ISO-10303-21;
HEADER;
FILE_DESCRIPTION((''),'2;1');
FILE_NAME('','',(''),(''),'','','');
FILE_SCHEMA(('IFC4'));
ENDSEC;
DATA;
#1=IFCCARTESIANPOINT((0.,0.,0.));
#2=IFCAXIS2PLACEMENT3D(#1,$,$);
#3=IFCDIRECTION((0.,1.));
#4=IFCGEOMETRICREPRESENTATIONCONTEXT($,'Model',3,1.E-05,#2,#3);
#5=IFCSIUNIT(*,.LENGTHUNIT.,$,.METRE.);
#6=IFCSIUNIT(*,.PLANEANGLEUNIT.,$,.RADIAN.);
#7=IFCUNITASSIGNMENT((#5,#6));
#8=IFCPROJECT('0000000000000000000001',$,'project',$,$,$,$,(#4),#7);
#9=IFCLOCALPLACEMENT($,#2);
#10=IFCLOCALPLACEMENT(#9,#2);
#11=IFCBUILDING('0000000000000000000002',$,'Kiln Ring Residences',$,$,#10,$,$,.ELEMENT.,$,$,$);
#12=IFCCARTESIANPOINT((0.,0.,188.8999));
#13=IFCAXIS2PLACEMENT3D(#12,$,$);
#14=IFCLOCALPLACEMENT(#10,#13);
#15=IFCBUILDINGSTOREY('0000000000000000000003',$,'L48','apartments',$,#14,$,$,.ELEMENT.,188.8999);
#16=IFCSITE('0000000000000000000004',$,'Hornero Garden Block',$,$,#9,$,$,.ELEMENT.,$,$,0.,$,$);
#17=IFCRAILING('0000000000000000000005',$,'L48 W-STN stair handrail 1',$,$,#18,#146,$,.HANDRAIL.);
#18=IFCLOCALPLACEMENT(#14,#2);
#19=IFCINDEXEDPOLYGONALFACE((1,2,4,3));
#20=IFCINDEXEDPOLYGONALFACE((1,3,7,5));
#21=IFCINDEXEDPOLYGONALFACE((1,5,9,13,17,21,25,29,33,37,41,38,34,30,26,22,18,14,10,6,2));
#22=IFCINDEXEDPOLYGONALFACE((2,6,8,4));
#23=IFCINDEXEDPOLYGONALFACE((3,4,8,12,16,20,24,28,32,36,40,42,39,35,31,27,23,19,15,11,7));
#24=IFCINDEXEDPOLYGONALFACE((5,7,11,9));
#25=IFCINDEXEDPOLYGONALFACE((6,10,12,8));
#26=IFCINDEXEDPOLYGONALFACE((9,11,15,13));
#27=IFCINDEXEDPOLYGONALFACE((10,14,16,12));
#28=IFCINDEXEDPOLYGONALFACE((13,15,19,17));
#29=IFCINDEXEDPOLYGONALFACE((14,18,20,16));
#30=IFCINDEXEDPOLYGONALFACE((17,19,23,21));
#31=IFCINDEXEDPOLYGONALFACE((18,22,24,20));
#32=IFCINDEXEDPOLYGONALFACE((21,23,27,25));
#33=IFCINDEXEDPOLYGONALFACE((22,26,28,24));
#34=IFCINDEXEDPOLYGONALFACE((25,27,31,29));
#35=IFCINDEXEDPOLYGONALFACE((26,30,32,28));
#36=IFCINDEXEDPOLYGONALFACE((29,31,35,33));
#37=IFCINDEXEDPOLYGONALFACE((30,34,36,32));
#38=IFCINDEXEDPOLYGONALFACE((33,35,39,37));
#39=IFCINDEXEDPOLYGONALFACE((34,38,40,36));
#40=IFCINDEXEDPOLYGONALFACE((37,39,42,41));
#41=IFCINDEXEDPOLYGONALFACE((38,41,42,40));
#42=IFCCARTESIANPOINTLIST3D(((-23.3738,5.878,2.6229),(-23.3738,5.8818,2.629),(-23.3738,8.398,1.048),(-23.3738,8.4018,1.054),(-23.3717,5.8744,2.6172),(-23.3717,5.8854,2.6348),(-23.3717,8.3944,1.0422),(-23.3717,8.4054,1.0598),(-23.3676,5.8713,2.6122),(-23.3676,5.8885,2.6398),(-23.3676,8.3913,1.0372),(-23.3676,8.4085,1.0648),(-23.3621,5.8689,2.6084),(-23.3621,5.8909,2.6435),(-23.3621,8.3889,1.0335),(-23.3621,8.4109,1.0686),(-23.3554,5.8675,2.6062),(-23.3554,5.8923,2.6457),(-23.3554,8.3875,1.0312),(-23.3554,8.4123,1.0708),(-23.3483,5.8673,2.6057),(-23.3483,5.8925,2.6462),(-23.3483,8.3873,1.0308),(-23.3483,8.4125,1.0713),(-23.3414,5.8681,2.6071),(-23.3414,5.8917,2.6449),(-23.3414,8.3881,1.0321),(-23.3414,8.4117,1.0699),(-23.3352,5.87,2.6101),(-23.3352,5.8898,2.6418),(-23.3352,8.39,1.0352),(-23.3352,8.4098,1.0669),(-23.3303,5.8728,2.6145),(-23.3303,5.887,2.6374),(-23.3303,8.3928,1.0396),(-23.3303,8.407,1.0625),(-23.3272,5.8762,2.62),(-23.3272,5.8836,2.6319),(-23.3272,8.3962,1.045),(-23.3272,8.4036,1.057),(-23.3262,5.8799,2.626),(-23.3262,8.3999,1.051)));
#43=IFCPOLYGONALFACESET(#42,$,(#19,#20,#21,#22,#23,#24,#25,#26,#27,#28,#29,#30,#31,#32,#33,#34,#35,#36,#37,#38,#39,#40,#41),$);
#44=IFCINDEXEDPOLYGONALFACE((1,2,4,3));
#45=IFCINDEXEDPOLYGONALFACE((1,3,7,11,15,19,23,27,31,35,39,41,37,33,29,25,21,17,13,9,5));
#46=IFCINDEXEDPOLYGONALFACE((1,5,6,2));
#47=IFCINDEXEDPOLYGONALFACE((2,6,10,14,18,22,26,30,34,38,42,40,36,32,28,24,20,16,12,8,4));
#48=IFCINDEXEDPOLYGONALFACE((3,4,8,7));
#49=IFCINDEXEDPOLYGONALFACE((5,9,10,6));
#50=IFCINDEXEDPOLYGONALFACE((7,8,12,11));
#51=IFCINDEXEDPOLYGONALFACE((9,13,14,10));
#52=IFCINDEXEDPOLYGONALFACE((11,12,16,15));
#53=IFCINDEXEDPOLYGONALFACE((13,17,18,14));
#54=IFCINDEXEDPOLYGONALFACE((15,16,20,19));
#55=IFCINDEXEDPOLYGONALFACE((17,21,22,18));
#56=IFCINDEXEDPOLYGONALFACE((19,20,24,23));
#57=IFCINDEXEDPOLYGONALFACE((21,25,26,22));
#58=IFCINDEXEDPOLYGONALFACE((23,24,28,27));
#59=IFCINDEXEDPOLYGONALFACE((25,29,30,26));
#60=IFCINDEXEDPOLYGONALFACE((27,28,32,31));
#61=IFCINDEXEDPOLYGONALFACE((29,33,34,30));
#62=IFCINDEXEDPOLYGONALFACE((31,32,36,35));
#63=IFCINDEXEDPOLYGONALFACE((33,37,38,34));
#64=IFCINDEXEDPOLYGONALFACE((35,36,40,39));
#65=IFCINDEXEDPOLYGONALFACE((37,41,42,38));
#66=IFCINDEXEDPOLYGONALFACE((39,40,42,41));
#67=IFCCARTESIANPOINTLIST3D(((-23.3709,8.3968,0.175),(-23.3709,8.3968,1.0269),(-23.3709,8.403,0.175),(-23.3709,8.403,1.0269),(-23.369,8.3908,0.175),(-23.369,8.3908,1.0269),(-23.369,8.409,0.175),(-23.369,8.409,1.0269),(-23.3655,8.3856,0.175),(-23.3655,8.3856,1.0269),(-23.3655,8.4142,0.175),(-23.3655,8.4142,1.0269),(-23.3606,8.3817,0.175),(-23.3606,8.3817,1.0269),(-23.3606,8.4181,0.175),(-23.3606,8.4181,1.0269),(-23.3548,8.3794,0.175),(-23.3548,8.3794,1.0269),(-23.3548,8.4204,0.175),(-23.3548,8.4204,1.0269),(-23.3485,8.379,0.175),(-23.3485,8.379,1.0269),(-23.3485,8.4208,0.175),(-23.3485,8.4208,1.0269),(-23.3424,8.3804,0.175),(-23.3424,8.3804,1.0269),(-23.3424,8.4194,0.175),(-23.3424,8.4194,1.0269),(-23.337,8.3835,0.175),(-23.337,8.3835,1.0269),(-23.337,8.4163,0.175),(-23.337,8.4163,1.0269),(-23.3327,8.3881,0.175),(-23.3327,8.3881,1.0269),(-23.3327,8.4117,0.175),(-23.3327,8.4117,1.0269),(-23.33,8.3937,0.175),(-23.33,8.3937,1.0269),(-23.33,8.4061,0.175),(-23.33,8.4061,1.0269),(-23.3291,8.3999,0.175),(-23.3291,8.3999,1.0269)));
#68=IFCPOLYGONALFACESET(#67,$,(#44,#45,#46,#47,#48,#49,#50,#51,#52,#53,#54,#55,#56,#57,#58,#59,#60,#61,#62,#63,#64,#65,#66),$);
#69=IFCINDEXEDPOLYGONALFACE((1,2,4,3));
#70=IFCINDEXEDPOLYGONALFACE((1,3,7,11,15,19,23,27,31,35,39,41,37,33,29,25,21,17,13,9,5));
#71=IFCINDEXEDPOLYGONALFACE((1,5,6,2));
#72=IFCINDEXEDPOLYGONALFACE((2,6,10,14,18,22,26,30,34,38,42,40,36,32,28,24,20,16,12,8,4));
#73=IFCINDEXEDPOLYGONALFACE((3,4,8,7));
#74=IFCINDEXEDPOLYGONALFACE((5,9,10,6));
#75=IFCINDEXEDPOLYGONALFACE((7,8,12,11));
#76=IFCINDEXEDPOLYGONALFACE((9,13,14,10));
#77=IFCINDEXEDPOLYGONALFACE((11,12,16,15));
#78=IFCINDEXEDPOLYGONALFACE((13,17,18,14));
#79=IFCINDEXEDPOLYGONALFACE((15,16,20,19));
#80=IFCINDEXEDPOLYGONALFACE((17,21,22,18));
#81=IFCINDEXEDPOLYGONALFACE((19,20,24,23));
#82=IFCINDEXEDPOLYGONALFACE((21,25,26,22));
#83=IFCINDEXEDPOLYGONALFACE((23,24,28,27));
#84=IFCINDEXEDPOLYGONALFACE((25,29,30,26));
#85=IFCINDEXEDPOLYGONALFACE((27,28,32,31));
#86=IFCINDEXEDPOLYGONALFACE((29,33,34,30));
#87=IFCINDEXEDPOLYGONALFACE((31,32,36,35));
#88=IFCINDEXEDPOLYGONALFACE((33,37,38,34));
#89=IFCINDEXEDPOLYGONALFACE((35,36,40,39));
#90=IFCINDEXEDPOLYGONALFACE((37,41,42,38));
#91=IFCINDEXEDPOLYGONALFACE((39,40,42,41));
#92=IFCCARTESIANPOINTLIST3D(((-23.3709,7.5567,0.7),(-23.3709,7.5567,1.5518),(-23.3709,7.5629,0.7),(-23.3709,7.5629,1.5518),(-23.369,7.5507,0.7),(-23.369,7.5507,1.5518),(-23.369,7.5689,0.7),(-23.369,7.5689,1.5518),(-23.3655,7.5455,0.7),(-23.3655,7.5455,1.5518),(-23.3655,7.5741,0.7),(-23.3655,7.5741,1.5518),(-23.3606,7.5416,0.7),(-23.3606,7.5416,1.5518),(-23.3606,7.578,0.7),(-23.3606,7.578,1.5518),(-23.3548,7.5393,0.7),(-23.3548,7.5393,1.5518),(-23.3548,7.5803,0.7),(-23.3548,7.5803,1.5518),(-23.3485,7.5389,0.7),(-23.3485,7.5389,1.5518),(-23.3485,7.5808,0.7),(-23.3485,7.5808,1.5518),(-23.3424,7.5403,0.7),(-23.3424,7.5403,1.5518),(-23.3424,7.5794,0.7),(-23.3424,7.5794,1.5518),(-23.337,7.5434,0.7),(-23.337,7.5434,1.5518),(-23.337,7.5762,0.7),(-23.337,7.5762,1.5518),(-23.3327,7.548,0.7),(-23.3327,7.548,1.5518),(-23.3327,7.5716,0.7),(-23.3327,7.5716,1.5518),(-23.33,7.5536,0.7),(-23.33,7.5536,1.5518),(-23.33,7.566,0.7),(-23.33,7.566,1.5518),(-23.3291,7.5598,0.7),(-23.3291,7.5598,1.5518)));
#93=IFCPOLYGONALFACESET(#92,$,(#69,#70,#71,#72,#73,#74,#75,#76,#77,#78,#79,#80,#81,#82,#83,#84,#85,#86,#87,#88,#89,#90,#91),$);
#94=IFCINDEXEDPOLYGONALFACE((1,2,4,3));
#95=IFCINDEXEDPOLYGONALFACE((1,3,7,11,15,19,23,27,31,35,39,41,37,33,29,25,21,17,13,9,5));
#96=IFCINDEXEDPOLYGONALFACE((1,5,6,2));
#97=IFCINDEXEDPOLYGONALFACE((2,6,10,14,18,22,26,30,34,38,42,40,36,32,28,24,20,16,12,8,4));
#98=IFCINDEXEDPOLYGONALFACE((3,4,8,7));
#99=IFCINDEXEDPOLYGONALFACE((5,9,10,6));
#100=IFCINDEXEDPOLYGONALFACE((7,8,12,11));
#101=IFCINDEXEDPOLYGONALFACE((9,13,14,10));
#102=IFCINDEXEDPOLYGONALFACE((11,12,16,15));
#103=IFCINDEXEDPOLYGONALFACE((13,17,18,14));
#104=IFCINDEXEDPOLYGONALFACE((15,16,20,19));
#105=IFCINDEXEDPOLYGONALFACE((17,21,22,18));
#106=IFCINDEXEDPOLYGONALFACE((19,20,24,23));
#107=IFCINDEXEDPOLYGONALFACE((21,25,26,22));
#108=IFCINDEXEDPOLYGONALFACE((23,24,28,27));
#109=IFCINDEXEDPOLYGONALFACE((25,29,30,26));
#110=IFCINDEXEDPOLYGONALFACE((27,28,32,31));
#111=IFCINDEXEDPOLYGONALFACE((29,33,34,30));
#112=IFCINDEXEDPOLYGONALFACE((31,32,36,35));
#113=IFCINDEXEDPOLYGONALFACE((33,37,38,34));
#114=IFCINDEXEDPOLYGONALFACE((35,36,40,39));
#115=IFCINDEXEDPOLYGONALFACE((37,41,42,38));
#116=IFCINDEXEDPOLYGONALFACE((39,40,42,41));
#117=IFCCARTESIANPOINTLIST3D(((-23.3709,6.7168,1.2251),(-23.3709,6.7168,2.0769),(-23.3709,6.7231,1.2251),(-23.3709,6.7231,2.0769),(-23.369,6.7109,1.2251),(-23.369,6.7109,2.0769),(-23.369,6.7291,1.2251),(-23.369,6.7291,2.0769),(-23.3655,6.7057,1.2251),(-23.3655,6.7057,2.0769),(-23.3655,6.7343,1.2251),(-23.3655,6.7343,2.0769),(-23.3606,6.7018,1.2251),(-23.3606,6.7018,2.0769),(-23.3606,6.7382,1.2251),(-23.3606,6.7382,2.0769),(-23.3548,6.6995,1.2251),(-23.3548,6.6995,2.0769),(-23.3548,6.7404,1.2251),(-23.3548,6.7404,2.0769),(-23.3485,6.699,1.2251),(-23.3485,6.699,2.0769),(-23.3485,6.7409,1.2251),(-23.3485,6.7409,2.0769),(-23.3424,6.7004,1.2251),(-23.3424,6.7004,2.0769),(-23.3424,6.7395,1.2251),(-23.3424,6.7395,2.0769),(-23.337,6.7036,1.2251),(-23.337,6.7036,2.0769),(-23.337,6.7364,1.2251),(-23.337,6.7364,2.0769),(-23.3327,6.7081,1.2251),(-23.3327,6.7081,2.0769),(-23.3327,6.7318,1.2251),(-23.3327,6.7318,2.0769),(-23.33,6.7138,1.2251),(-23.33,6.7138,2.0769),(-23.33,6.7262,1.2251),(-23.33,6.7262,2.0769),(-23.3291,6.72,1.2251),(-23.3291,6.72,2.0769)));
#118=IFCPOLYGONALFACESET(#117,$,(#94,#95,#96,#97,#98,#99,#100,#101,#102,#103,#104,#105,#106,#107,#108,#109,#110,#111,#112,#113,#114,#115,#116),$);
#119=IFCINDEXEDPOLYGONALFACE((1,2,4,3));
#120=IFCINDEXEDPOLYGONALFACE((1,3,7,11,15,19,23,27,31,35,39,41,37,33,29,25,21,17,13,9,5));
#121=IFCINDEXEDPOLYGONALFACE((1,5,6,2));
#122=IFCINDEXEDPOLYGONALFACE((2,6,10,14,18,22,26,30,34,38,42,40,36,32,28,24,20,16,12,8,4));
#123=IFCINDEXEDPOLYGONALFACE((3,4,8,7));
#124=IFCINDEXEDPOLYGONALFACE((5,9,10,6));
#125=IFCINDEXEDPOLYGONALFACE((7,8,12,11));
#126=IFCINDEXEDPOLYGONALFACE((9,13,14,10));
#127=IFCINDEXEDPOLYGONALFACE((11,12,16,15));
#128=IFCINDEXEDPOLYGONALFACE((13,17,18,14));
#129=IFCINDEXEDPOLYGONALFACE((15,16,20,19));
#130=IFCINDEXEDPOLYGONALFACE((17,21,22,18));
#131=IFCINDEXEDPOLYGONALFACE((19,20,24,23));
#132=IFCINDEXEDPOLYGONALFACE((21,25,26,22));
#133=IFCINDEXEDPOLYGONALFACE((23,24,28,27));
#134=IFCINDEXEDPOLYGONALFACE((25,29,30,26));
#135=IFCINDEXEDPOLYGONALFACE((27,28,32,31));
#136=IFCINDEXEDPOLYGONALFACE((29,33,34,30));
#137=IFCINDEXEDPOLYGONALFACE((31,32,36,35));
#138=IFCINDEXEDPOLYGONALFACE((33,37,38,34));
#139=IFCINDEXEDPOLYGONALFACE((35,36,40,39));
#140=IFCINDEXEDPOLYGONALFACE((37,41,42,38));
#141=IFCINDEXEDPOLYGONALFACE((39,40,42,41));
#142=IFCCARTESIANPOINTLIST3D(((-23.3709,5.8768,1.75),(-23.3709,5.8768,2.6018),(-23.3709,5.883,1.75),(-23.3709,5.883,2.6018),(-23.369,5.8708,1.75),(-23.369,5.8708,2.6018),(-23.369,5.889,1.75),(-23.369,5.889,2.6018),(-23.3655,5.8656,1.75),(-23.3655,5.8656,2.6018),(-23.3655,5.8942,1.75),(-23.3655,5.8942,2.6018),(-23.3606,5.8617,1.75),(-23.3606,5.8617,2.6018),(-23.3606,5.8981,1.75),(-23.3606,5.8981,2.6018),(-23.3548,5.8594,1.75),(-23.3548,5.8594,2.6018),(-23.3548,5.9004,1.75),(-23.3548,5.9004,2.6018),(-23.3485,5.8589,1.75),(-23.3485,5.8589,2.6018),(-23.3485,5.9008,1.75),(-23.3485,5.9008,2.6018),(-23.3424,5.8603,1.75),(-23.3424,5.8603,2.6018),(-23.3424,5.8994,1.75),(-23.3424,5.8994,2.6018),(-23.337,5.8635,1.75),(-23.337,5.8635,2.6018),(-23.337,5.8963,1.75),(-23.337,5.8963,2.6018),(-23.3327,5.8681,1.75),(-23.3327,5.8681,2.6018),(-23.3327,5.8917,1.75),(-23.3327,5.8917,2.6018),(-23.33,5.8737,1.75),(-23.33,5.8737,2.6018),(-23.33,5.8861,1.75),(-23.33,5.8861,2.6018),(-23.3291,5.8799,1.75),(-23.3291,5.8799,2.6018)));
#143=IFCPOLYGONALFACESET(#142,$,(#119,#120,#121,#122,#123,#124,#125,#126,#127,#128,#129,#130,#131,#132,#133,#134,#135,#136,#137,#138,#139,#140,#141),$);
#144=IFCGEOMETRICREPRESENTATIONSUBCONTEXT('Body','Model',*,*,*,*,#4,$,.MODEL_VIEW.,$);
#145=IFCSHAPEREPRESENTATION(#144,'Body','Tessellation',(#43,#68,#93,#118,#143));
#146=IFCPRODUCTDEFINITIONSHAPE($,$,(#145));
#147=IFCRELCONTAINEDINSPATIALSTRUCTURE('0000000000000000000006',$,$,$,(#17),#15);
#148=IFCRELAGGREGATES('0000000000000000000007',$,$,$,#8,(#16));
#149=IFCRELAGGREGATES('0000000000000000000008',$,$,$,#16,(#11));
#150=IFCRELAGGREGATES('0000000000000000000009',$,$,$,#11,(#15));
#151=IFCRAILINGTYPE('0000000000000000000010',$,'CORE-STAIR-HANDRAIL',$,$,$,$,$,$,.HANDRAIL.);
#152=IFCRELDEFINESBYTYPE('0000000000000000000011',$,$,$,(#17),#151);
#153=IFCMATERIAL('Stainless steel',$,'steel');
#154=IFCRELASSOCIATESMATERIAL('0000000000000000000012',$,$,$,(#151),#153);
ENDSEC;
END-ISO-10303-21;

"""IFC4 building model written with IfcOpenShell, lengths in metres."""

from ifc_helpers import new_model, si_unit, direction, frame, origin, origin_2d, place, context, subcontext, project, spatial, circle, extrude, material, type_object, element, save


model = new_model("IFC4")

# Units and contexts
model_context = context("Model", 3, precision=1e-05, world=origin(), true_north=direction((0.0, 1.0)))
body_context = subcontext(model_context, "Body", "Model", "MODEL_VIEW")
ifc_project = project(units=[si_unit("LENGTHUNIT", "METRE"), si_unit("PLANEANGLEUNIT", "RADIAN")], contexts=[model_context])

# Site, building, storey
site_placement = place(None, origin())
site = spatial("IfcSite", under=ifc_project, at=site_placement, Name="Hornero Garden Block", CompositionType="ELEMENT", RefElevation=0.0)
building_placement = place(site_placement, origin())
building = spatial("IfcBuilding", under=site, at=building_placement, Name="Kiln Ring Residences", CompositionType="ELEMENT")
storey_placement = place(building_placement, frame((0.0, 0.0, 188.8999)))
storey = spatial("IfcBuildingStorey", under=building, at=storey_placement, Name="L48", Description="apartments", CompositionType="ELEMENT", Elevation=188.8999)

# Railing
ifc_material_1 = material(Name="Stainless steel", Category="steel")
railing_type_1 = type_object("IfcRailingType", Name="CORE-STAIR-HANDRAIL", PredefinedType="HANDRAIL", material=ifc_material_1)
railing_1_placement = place(storey_placement, frame((-23.3501, 8.3999, 0.175)))
element("IfcRailing", 1, at=railing_1_placement, inside=storey, type_object=railing_type_1, Name="L48 W-STN stair handrail 1", PredefinedType="HANDRAIL", context=body_context, shape_type="SweptSolid", body=[
    extrude(circle(Radius=0.0239, at=origin_2d()), frame((0.0, 0.0, 0.876), z_axis=(0.0, -0.848008, 0.529984), x_axis=(1.0, 0.0, 0.0)), (0.0, 0.0, 1.0), 2.9717),
    extrude(circle(Radius=0.021, at=origin_2d()), origin(), (0.0, 0.0, 1.0), 0.8518),
    extrude(circle(Radius=0.021, at=origin_2d()), frame((0.0, -0.8401, 0.5249)), (0.0, 0.0, 1.0), 0.8518),
    extrude(circle(Radius=0.021, at=origin_2d()), frame((0.0, -1.6799, 1.05)), (0.0, 0.0, 1.0), 0.8518),
    extrude(circle(Radius=0.021, at=origin_2d()), frame((0.0, -2.52, 1.575)), (0.0, 0.0, 1.0), 0.8518),
])

save(model, "model.ifc")
